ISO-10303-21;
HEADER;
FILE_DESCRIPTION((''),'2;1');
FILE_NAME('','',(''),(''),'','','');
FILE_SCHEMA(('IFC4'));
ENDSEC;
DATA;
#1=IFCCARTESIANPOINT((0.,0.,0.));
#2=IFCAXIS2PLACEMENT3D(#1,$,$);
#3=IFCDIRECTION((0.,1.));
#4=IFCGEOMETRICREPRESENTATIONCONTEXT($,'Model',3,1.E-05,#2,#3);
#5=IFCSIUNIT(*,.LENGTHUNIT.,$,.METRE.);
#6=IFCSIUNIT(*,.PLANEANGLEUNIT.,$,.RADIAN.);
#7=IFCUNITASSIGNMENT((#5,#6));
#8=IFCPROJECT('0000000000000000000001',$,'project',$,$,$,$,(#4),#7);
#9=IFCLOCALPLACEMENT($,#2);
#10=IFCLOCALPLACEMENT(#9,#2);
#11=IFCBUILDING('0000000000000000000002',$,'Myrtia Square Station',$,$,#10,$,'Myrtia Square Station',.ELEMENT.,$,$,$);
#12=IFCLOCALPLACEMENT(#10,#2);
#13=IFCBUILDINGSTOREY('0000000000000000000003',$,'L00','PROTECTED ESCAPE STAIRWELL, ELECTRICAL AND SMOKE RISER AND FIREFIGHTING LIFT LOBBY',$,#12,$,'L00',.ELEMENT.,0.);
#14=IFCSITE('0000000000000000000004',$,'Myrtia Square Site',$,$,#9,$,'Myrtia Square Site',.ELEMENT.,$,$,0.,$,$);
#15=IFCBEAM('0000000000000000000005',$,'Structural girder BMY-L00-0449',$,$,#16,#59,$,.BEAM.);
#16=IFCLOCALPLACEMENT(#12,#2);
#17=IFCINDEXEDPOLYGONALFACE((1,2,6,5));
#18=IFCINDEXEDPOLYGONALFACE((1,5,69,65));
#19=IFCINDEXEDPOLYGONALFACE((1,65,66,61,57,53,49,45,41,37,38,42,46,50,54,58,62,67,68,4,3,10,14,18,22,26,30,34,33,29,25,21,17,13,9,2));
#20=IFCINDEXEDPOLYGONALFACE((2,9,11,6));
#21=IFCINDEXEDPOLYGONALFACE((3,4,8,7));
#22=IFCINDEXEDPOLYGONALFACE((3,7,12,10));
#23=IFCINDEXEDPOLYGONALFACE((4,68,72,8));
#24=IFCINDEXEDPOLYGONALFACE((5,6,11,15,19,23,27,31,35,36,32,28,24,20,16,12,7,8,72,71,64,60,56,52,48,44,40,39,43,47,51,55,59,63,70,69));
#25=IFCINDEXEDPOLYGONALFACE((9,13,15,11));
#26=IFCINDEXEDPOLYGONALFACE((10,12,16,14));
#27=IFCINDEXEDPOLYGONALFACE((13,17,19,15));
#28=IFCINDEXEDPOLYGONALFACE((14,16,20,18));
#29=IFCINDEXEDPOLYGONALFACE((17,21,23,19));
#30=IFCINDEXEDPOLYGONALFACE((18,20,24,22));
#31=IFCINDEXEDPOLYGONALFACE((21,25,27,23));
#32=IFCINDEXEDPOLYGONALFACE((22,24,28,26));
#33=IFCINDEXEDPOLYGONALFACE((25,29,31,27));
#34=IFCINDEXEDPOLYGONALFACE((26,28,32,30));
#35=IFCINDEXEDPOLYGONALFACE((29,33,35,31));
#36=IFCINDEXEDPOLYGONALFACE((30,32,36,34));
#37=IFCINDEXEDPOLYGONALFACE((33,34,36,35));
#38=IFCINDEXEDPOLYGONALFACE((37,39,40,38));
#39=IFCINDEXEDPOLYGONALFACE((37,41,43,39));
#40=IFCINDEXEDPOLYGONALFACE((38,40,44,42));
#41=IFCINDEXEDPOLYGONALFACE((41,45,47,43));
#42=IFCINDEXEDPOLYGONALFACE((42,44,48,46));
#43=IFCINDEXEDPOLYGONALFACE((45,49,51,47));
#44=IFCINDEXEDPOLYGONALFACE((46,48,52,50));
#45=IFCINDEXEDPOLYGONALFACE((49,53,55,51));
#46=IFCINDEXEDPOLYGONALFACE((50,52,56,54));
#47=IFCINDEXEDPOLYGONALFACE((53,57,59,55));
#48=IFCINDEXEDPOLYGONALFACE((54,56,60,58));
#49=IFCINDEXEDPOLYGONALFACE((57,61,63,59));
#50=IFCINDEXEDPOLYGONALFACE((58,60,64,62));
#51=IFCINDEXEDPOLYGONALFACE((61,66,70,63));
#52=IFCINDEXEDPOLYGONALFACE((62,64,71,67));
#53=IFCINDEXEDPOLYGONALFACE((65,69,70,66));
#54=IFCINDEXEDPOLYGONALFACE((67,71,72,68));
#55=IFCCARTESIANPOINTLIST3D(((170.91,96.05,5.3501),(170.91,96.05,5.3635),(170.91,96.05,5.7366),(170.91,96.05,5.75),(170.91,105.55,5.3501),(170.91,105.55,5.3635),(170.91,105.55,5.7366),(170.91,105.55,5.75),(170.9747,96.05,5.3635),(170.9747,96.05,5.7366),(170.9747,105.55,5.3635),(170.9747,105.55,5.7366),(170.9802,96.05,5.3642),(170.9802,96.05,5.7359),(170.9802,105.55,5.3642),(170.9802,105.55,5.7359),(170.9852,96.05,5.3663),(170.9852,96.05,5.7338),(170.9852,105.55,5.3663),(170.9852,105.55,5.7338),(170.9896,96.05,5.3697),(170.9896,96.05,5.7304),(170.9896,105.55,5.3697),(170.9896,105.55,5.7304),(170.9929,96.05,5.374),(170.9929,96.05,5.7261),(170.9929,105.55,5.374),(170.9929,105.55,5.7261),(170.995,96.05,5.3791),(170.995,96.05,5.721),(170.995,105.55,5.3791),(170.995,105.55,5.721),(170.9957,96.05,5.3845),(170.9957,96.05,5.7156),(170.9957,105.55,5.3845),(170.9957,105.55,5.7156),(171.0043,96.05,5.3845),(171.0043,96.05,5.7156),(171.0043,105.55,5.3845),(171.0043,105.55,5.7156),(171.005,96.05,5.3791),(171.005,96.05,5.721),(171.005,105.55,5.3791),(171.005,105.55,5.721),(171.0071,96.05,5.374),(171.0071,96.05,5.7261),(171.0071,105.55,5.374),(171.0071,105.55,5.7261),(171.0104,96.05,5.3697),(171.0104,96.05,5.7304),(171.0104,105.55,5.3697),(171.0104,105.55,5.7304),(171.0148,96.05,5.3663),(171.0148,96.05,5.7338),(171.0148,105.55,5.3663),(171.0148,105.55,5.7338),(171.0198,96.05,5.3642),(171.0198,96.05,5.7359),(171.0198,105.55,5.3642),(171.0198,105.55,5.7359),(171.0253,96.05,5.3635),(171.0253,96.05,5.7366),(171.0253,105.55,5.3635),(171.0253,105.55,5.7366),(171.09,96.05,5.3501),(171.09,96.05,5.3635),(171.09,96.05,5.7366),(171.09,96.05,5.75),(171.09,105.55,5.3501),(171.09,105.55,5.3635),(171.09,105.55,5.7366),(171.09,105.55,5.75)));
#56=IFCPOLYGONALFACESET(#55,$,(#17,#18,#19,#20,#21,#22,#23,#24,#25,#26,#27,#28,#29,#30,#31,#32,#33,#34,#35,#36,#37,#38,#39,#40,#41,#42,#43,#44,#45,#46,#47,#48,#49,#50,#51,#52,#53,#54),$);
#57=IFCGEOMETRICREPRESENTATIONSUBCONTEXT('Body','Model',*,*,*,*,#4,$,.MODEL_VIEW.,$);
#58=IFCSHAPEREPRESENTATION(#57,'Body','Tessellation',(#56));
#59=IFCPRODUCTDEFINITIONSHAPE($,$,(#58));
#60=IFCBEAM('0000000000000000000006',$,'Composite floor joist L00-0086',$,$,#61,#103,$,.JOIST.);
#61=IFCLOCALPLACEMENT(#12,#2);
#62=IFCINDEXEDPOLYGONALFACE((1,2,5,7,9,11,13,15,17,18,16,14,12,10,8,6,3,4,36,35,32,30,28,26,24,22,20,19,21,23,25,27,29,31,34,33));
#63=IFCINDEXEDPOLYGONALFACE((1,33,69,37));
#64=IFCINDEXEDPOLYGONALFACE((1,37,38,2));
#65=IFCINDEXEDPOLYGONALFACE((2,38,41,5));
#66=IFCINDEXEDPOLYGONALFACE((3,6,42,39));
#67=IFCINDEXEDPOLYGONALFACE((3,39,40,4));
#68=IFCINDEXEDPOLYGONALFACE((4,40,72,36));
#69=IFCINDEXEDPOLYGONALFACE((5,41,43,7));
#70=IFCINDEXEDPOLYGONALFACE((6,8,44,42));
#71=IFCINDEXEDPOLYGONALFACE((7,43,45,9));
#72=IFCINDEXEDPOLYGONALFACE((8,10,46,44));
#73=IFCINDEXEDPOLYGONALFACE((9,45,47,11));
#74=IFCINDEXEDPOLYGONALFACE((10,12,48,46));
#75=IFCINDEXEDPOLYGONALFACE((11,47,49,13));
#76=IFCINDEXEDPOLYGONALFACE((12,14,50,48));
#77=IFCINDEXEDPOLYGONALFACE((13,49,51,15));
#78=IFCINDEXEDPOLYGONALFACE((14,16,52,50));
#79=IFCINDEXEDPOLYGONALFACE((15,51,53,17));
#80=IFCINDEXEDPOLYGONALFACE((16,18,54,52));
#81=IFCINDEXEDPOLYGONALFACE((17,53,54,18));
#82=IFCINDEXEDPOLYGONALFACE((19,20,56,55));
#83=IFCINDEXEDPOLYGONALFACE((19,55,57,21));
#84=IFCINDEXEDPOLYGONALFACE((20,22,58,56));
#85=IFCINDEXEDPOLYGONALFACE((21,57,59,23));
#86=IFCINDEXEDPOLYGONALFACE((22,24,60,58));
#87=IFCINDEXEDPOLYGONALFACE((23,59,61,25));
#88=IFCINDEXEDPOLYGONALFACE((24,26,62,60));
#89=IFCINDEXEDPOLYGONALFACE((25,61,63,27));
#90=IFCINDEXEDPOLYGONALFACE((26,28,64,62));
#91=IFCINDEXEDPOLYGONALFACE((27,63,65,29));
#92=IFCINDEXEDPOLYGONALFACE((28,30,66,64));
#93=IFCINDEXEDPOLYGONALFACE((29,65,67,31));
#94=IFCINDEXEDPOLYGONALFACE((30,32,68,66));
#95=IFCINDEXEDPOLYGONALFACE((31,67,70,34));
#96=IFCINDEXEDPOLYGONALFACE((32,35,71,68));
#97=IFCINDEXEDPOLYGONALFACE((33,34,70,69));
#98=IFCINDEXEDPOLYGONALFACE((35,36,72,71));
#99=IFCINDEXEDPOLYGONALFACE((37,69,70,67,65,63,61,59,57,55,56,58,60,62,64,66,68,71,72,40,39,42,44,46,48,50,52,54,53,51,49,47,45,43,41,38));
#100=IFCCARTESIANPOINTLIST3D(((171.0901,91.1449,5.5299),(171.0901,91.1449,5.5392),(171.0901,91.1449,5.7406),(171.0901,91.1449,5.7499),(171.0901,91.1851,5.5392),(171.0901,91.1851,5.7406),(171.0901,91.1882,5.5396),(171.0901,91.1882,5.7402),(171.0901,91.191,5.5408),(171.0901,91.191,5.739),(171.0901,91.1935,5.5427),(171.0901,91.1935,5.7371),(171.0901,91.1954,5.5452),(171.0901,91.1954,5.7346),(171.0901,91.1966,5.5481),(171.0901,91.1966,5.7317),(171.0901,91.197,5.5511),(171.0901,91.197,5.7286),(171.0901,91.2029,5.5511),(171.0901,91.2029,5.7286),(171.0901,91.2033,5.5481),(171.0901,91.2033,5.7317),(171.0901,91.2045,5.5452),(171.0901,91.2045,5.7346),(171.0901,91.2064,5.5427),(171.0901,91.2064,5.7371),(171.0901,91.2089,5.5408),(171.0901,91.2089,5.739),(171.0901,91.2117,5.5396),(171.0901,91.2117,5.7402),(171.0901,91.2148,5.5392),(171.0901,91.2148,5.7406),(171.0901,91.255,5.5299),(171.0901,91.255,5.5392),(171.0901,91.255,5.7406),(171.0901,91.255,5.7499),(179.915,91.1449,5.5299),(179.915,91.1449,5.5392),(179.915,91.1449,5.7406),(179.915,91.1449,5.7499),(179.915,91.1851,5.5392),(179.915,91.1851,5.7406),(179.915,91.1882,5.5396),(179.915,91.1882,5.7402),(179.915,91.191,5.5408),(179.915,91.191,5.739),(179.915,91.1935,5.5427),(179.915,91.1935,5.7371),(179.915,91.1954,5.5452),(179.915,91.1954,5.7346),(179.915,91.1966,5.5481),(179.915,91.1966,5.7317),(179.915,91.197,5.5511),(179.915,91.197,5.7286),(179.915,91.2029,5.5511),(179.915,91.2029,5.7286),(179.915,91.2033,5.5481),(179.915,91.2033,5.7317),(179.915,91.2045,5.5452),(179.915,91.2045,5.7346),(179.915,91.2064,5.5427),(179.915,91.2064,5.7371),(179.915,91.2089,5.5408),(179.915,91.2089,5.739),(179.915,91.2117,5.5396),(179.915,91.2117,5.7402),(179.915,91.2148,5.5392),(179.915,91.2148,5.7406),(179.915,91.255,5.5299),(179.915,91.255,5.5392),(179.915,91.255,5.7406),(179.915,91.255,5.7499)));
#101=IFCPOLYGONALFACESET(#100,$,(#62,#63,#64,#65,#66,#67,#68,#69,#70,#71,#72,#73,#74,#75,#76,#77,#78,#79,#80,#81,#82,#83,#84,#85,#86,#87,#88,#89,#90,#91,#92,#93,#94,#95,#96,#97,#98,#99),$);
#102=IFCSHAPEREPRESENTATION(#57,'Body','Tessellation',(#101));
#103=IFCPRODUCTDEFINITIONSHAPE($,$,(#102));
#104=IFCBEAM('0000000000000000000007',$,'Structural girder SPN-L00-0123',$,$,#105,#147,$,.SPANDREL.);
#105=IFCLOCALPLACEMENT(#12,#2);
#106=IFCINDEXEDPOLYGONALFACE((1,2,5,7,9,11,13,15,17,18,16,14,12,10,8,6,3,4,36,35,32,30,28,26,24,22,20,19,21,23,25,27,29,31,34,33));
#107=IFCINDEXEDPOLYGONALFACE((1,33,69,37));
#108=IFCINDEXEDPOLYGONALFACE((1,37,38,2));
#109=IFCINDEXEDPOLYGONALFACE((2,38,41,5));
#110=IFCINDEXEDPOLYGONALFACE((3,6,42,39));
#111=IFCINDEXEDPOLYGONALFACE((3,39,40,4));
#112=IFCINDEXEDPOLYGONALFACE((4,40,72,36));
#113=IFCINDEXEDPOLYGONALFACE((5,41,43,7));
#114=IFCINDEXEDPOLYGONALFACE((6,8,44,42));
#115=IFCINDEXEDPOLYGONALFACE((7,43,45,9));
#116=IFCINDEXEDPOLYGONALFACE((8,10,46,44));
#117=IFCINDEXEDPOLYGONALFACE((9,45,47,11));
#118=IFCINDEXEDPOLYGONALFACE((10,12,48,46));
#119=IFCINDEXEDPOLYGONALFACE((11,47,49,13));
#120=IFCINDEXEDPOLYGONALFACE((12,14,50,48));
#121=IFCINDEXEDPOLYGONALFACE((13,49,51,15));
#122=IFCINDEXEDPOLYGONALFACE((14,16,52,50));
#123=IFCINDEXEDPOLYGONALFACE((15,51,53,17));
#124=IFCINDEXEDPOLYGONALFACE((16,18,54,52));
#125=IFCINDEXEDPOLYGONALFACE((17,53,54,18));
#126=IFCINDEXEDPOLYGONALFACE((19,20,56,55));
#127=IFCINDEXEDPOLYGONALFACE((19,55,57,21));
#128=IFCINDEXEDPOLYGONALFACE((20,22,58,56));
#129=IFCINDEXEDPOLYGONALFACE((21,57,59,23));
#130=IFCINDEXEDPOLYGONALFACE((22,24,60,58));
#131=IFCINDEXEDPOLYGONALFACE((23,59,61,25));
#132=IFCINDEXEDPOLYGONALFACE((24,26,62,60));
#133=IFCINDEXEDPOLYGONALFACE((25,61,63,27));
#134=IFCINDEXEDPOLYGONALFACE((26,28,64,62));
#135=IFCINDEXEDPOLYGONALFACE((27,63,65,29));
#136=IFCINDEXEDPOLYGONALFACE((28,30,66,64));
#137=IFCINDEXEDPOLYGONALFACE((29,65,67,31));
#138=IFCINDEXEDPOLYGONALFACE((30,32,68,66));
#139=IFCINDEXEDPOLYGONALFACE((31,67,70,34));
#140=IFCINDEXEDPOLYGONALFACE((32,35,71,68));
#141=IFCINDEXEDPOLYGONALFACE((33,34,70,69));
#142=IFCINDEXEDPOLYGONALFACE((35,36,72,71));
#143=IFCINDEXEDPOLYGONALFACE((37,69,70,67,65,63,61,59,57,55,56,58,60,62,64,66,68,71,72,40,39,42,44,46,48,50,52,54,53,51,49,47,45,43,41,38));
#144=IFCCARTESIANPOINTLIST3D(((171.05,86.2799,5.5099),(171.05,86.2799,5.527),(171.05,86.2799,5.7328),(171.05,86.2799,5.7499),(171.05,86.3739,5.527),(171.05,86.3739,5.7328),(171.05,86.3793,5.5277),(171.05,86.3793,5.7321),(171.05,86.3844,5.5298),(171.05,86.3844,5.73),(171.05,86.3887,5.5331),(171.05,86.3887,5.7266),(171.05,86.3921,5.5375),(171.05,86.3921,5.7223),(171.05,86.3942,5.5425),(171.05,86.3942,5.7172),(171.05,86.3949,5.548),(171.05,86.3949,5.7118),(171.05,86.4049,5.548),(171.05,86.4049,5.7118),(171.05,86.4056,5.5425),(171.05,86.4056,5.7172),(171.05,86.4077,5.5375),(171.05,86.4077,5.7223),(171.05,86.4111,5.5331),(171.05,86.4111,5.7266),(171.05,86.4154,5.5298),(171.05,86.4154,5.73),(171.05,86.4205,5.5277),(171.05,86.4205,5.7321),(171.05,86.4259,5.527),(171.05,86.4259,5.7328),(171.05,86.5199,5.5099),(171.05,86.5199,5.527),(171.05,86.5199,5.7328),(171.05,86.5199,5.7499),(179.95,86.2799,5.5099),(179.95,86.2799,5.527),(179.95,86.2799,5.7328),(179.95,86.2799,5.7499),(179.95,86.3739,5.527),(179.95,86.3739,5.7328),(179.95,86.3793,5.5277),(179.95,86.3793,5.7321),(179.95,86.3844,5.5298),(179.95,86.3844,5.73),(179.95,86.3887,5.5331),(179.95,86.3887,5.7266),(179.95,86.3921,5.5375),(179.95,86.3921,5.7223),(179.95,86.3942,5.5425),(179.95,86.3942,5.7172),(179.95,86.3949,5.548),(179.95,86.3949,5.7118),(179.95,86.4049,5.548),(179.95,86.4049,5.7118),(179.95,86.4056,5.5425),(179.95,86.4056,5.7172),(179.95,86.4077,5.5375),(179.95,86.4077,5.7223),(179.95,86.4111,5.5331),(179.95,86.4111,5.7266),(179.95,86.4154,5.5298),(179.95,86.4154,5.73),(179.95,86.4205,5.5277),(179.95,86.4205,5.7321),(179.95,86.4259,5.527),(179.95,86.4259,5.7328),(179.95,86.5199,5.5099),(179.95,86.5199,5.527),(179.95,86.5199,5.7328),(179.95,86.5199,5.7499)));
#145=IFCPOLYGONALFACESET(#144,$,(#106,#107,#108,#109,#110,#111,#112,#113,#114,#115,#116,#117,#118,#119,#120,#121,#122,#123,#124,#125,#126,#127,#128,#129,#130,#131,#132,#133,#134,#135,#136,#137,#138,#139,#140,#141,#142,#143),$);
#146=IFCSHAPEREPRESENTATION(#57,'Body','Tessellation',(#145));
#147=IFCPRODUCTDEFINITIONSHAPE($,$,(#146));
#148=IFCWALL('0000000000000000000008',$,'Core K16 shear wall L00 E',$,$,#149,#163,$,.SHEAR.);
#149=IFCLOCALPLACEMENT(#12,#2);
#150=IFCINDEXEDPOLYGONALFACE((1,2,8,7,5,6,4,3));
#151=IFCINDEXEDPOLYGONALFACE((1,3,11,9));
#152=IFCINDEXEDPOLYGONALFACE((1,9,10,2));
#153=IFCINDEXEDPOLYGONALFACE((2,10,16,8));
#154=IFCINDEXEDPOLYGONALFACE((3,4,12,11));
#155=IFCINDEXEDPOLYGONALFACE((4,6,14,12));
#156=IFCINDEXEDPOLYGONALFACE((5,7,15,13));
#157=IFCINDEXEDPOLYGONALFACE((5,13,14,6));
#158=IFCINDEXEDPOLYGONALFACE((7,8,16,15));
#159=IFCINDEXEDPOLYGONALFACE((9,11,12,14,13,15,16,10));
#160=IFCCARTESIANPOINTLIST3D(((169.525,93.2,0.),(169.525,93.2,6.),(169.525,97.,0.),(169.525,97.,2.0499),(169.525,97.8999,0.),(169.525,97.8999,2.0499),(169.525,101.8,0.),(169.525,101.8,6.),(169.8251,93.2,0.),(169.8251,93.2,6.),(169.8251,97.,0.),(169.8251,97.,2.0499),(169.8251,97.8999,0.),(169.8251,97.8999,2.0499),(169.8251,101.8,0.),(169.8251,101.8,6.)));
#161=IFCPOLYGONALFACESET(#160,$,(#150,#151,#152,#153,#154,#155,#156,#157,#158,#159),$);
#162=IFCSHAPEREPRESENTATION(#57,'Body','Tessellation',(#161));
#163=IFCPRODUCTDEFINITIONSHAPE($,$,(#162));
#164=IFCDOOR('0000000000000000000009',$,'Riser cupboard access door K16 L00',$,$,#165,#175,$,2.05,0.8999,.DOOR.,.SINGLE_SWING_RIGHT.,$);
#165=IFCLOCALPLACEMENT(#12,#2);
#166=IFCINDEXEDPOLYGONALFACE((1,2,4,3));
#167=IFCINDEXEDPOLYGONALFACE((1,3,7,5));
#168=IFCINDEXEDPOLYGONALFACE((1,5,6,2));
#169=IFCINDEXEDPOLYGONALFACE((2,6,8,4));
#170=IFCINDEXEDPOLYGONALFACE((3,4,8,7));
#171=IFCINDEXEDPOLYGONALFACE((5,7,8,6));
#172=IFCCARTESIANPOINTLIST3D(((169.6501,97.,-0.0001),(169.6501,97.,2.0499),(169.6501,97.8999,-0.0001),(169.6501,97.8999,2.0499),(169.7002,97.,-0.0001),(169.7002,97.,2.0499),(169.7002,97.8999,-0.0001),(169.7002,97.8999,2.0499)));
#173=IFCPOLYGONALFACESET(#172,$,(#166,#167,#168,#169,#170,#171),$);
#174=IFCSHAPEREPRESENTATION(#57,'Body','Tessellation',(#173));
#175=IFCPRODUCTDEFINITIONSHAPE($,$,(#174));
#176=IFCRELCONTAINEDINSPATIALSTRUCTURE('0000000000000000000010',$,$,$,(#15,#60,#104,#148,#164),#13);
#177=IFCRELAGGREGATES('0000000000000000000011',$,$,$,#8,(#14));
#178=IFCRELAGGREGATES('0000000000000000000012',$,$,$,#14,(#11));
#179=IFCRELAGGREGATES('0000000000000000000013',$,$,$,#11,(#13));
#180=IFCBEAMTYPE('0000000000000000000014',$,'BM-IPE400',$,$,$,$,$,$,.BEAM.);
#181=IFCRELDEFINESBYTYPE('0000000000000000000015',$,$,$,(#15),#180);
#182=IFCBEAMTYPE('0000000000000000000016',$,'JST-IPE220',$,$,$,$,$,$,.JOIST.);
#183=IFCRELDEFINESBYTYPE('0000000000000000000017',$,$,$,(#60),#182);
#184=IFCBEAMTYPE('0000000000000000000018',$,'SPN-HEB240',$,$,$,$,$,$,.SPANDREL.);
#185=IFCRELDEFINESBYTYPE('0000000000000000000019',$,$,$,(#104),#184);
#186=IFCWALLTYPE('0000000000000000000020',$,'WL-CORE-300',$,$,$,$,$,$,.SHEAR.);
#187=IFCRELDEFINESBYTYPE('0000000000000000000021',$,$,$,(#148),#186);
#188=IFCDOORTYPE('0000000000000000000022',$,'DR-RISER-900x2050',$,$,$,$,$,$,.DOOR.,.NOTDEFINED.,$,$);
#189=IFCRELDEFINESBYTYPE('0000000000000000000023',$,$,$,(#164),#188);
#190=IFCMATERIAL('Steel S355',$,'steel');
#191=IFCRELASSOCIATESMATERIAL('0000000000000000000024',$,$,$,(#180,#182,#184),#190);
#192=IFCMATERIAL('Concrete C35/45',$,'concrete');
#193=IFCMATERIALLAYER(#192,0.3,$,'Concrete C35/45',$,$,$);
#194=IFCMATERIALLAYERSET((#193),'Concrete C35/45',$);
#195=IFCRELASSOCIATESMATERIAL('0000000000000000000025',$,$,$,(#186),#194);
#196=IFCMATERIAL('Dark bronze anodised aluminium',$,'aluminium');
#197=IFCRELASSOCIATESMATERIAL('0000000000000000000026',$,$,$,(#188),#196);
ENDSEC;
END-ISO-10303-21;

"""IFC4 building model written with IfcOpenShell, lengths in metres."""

from ifc_helpers import new_model, si_unit, direction, frame, frame_2d, origin, origin_2d, place, context, subcontext, project, spatial, rectangle, i_section, extrude, material, layer, layer_set, material_profile, profile_set, type_object, element, fill, save


model = new_model("IFC4")

# Units and contexts
model_context = context("Model", 3, precision=1e-05, world=origin(), true_north=direction((0.0, 1.0)))
body_context = subcontext(model_context, "Body", "Model", "MODEL_VIEW")
ifc_project = project(units=[si_unit("LENGTHUNIT", "METRE"), si_unit("PLANEANGLEUNIT", "RADIAN")], contexts=[model_context])

# Site, building, storey
site_placement = place(None, origin())
site = spatial("IfcSite", under=ifc_project, at=site_placement, Name="Myrtia Square Site", LongName="Myrtia Square Site", CompositionType="ELEMENT", RefElevation=0.0)
building_placement = place(site_placement, origin())
building = spatial("IfcBuilding", under=site, at=building_placement, Name="Myrtia Square Station", LongName="Myrtia Square Station", CompositionType="ELEMENT")
storey_placement = place(building_placement, origin())
storey = spatial("IfcBuildingStorey", under=building, at=storey_placement, Name="L00", Description="PROTECTED ESCAPE STAIRWELL, ELECTRICAL AND SMOKE RISER AND FIREFIGHTING LIFT LOBBY", LongName="L00", CompositionType="ELEMENT", Elevation=0.0)

# Shared definitions
ifc_material_1 = material(Name="Steel S355", Category="steel")

# Beams
ifc_material_profile_1 = material_profile(ifc_material_1, i_section(OverallWidth=0.1799, OverallDepth=0.3999, WebThickness=0.0085, FlangeThickness=0.0134, FilletRadius=0.021, at=origin_2d()), Name="IPE 400")
ifc_profile_set_1 = profile_set([ifc_material_profile_1], Name="Steel S355")
beam_type_1 = type_object("IfcBeamType", Name="BM-IPE400", PredefinedType="BEAM", material=ifc_profile_set_1)
for number, where, z_axis, x_axis, name in (
    (1, (171.0, 96.05, 5.55), (0.0, 1.0, 0.0), (-1.0, 0.0, 0.0), "Structural girder BMY-L00-0449"),
):
    element("IfcBeam", number, at=place(storey_placement, frame(where, z_axis=z_axis, x_axis=x_axis)), inside=storey, type_object=beam_type_1, Name=name, PredefinedType="BEAM", context=body_context, shape_type="SweptSolid", body=[
        extrude(i_section(OverallWidth=0.1799, OverallDepth=0.3999, WebThickness=0.0085, FlangeThickness=0.0134, FilletRadius=0.021, at=origin_2d()), origin(), (0.0, 0.0, 1.0), 9.5),
    ])
ifc_material_profile_2 = material_profile(ifc_material_1, i_section(OverallWidth=0.1101, OverallDepth=0.22, WebThickness=0.0059, FlangeThickness=0.0093, FilletRadius=0.012, at=origin_2d()), Name="IPE 220")
ifc_profile_set_2 = profile_set([ifc_material_profile_2], Name="Steel S355")
beam_type_2 = type_object("IfcBeamType", Name="JST-IPE220", PredefinedType="JOIST", material=ifc_profile_set_2)
beam_1_placement = place(storey_placement, frame((171.0901, 91.2, 5.6399), z_axis=(1.0, 0.0, 0.0), x_axis=(0.0, 1.0, 0.0)))
element("IfcBeam", 2, at=beam_1_placement, inside=storey, type_object=beam_type_2, Name="Composite floor joist L00-0086", PredefinedType="JOIST", context=body_context, shape_type="SweptSolid", body=[
    extrude(i_section(OverallWidth=0.1101, OverallDepth=0.22, WebThickness=0.0059, FlangeThickness=0.0093, FilletRadius=0.012, at=origin_2d()), origin(), (0.0, 0.0, 1.0), 8.825),
])
ifc_material_profile_3 = material_profile(ifc_material_1, i_section(OverallWidth=0.24, OverallDepth=0.24, WebThickness=0.01, FlangeThickness=0.0171, FilletRadius=0.021, at=origin_2d()), Name="HEB 240")
ifc_profile_set_3 = profile_set([ifc_material_profile_3], Name="Steel S355")
beam_type_3 = type_object("IfcBeamType", Name="SPN-HEB240", PredefinedType="SPANDREL", material=ifc_profile_set_3)
beam_2_placement = place(storey_placement, frame((171.05, 86.3999, 5.6299), z_axis=(1.0, 0.0, 0.0), x_axis=(0.0, 1.0, 0.0)))
element("IfcBeam", 3, at=beam_2_placement, inside=storey, type_object=beam_type_3, Name="Structural girder SPN-L00-0123", PredefinedType="SPANDREL", context=body_context, shape_type="SweptSolid", body=[
    extrude(i_section(OverallWidth=0.24, OverallDepth=0.24, WebThickness=0.01, FlangeThickness=0.0171, FilletRadius=0.021, at=origin_2d()), origin(), (0.0, 0.0, 1.0), 8.8999),
])

# Wall, opening, door
ifc_material_2 = material(Name="Concrete C35/45", Category="concrete")
ifc_layer_1 = layer(ifc_material_2, 0.3, Name="Concrete C35/45")
ifc_layer_set_1 = layer_set([ifc_layer_1], Name="Concrete C35/45")
wall_type_1 = type_object("IfcWallType", Name="WL-CORE-300", PredefinedType="SHEAR", material=ifc_layer_set_1)
wall_1_placement = place(storey_placement, frame((169.675, 93.2, 0.0), z_axis=(0.0, 0.0, 1.0), x_axis=(0.0, 1.0, 0.0)))
wall_1 = element("IfcWall", 4, at=wall_1_placement, inside=storey, type_object=wall_type_1, Name="Core K16 shear wall L00 E", PredefinedType="SHEAR", context=body_context, shape_type="SweptSolid", body=[
    extrude(rectangle(XDim=8.6001, YDim=0.3, at=frame_2d((4.3, 0.0))), origin(), (0.0, 0.0, 1.0), 6.0),
])
opening_placement = place(wall_1_placement, frame((3.8, 0.0, 0.0)))
opening = element("IfcOpeningElement", 5, at=opening_placement, cuts=wall_1, PredefinedType="OPENING", context=body_context, shape_type="SweptSolid", body=[
    extrude(rectangle(XDim=0.8999, YDim=2.05, at=frame_2d((0.45, 1.0249))), frame((0.0, 0.165, 0.0), z_axis=(0.0, -1.0, 0.0), x_axis=(1.0, 0.0, 0.0)), (0.0, 0.0, 1.0), 0.3301),
])
ifc_material_3 = material(Name="Dark bronze anodised aluminium", Category="aluminium")
door_type = type_object("IfcDoorType", Name="DR-RISER-900x2050", OperationType="NOTDEFINED", PredefinedType="DOOR", material=ifc_material_3)
door_placement = place(opening_placement, origin())
door = element("IfcDoor", 6, at=door_placement, inside=storey, type_object=door_type, Name="Riser cupboard access door K16 L00", OperationType="SINGLE_SWING_RIGHT", OverallHeight=2.05, OverallWidth=0.8999, PredefinedType="DOOR", context=body_context, shape_type="SweptSolid", body=[
    extrude(rectangle(XDim=0.8999, YDim=2.05, at=frame_2d((0.45, 1.0249))), frame((0.0, 0.0249, 0.0), z_axis=(0.0, -1.0, 0.0), x_axis=(1.0, 0.0, 0.0)), (0.0, 0.0, 1.0), 0.05),
])
fill(opening, door)

save(model, "model.ifc")
